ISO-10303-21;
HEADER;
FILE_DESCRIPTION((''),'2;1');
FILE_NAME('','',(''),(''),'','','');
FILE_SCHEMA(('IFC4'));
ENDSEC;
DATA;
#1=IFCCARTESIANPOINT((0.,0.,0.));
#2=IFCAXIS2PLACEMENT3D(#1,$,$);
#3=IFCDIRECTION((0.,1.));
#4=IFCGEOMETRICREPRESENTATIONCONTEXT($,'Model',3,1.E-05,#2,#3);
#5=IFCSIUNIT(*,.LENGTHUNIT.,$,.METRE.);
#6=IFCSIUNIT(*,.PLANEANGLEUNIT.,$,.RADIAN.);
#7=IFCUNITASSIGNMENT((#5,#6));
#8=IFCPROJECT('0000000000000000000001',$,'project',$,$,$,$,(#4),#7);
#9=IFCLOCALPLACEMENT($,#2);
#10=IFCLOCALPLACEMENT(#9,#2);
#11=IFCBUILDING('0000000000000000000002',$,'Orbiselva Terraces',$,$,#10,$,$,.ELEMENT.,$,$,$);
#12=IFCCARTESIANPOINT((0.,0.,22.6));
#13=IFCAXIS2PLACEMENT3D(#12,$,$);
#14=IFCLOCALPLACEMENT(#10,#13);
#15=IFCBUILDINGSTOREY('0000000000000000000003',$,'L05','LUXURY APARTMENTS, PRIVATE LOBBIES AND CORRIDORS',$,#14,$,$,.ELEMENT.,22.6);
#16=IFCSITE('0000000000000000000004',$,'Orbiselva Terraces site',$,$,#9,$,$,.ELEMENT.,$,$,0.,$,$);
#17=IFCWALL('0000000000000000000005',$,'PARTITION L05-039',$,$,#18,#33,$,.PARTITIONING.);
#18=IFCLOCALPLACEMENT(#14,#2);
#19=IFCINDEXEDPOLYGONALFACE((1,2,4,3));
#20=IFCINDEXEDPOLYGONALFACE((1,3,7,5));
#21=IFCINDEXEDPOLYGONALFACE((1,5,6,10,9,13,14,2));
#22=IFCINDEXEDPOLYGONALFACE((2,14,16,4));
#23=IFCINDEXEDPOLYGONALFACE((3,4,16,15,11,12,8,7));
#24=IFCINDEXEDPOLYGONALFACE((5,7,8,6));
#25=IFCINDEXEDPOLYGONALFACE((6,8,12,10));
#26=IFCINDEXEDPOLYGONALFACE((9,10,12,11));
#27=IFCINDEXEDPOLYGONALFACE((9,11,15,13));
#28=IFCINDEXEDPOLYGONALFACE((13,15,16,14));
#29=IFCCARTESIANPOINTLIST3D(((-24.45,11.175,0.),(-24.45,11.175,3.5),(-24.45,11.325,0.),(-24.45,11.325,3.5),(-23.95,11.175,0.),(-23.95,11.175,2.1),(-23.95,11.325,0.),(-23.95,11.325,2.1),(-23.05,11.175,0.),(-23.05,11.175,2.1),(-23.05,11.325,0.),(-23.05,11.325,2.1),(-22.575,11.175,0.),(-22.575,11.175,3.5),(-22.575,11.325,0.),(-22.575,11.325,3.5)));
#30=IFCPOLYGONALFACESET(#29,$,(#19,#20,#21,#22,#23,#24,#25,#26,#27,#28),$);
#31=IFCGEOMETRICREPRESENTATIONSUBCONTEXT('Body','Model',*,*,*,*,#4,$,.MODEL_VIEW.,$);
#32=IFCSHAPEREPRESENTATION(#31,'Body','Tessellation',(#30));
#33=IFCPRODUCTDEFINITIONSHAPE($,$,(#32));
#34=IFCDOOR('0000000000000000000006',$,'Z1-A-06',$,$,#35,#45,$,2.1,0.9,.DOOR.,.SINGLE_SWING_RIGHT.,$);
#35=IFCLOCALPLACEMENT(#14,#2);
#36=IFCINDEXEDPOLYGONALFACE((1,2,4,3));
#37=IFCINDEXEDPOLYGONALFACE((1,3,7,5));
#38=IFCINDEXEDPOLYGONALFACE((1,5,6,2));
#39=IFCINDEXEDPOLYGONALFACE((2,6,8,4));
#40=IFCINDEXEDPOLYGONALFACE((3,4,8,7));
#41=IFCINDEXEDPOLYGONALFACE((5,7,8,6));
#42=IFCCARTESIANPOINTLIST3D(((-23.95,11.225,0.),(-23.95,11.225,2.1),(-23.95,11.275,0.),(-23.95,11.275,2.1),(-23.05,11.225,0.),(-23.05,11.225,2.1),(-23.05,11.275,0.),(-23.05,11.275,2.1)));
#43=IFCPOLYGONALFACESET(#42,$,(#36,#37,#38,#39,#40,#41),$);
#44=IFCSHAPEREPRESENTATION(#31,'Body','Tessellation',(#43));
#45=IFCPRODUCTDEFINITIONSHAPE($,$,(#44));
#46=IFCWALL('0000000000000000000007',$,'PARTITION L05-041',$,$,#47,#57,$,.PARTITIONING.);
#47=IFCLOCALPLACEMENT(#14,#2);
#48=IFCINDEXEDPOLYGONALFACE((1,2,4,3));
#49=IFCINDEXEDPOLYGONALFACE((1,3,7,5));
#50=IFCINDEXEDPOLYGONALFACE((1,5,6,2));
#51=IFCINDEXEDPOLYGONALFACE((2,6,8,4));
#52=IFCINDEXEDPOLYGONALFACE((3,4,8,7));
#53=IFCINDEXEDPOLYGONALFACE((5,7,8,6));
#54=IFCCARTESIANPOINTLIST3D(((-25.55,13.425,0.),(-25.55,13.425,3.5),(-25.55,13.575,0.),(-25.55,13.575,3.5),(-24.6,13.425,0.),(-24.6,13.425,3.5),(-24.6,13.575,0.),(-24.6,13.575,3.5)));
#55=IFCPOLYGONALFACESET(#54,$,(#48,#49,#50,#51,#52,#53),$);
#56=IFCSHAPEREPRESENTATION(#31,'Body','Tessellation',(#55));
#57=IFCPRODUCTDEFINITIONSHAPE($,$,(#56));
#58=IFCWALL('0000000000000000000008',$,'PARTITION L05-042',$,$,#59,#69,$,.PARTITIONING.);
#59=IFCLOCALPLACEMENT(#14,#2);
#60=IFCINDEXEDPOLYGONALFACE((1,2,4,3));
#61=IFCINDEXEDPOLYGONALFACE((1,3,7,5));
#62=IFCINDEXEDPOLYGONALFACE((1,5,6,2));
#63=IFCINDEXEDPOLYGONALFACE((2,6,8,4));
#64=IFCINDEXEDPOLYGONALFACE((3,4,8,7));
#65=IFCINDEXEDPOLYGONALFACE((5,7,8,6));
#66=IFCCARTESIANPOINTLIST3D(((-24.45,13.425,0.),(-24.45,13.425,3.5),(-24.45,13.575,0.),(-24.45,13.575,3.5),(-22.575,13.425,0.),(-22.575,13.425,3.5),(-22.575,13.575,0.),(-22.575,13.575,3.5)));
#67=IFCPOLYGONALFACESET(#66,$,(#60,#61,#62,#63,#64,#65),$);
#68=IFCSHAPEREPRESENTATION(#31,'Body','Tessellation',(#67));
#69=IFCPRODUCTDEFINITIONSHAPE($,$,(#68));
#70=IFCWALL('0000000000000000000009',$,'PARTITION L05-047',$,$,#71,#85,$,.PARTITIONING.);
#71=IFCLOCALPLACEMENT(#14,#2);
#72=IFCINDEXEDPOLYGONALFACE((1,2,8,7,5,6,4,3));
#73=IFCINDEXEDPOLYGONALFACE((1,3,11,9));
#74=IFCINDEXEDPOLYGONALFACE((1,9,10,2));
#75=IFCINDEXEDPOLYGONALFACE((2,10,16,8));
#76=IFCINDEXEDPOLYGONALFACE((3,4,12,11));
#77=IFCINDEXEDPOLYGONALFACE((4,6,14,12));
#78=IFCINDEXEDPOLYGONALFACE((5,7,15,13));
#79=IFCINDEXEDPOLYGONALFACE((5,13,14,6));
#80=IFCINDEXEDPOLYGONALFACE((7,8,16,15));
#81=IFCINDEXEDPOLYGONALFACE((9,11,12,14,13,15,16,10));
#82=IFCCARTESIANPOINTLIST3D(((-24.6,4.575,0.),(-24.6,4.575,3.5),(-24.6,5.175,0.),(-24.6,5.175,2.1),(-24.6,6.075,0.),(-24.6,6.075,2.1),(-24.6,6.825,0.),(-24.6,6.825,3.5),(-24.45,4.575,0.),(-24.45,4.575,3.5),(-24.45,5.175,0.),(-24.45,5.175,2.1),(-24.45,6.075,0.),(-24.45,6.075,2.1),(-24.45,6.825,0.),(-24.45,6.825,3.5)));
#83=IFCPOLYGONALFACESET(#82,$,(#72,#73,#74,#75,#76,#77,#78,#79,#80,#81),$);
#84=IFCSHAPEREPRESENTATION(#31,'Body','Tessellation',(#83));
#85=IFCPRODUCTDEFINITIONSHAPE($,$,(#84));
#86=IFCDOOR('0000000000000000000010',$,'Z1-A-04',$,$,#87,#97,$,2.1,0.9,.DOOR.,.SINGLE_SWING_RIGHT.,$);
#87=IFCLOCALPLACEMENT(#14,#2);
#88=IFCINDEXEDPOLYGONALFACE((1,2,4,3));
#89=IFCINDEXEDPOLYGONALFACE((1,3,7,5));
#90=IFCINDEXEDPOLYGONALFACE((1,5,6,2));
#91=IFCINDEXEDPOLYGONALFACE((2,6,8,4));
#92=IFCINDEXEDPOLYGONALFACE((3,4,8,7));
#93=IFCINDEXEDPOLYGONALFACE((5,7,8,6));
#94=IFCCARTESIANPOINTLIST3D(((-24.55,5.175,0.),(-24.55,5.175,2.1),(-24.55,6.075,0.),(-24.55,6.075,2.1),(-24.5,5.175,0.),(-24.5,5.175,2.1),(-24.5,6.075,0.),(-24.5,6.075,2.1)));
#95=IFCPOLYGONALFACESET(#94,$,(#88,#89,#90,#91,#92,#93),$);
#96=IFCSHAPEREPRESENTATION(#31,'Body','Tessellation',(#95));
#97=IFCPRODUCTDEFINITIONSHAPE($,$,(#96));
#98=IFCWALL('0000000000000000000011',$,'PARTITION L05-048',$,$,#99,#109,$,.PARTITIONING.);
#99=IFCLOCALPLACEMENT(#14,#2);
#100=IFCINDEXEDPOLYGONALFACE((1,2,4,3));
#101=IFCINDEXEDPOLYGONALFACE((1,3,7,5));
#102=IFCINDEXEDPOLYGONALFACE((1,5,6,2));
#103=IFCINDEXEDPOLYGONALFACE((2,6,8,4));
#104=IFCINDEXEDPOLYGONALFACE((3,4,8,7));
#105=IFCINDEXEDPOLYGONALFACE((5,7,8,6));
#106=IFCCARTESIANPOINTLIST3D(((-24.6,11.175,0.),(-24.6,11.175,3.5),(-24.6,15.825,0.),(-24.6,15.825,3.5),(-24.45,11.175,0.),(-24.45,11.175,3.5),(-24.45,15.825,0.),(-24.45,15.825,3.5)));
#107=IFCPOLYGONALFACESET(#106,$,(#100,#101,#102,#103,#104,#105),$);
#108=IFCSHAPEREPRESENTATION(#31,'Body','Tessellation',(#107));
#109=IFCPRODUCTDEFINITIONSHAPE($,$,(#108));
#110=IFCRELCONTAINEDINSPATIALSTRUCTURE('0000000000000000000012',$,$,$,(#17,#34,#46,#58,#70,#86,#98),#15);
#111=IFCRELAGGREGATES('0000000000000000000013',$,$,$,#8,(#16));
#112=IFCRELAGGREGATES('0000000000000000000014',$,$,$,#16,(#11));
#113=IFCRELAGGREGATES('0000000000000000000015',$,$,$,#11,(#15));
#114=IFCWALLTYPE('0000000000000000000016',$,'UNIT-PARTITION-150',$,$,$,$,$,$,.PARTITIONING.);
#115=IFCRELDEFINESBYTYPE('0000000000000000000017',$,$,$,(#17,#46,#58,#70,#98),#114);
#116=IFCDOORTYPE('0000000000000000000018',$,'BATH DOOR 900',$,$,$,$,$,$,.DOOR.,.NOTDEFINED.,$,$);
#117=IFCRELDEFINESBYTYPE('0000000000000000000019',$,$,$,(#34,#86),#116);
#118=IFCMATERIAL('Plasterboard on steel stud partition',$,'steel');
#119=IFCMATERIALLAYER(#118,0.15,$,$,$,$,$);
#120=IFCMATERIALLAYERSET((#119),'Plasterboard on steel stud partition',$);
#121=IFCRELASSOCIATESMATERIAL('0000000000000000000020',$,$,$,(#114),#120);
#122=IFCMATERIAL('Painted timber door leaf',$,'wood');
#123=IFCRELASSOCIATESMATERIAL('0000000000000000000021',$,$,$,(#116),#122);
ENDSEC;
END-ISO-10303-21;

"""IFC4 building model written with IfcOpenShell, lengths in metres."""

from ifc_helpers import new_model, si_unit, direction, frame, frame_2d, origin, place, context, subcontext, project, spatial, rectangle, extrude, material, layer, layer_set, type_object, element, fill, save


model = new_model("IFC4")

# Units and contexts
model_context = context("Model", 3, precision=1e-05, world=origin(), true_north=direction((0.0, 1.0)))
body_context = subcontext(model_context, "Body", "Model", "MODEL_VIEW")
ifc_project = project(units=[si_unit("LENGTHUNIT", "METRE"), si_unit("PLANEANGLEUNIT", "RADIAN")], contexts=[model_context])

# Site, building, storey
site_placement = place(None, origin())
site = spatial("IfcSite", under=ifc_project, at=site_placement, Name="Orbiselva Terraces site", CompositionType="ELEMENT", RefElevation=0.0)
building_placement = place(site_placement, origin())
building = spatial("IfcBuilding", under=site, at=building_placement, Name="Orbiselva Terraces", CompositionType="ELEMENT")
storey_placement = place(building_placement, frame((0.0, 0.0, 22.6)))
storey = spatial("IfcBuildingStorey", under=building, at=storey_placement, Name="L05", Description="LUXURY APARTMENTS, PRIVATE LOBBIES AND CORRIDORS", CompositionType="ELEMENT", Elevation=22.6)

# Shared definitions
ifc_material_1 = material(Name="Plasterboard on steel stud partition", Category="steel")

# Shared definitions
ifc_material_2 = material(Name="Painted timber door leaf", Category="wood")

# Shared definitions
ifc_layer_1 = layer(ifc_material_1, 0.15)
ifc_layer_set_1 = layer_set([ifc_layer_1], Name="Plasterboard on steel stud partition")
wall_type_1 = type_object("IfcWallType", Name="UNIT-PARTITION-150", PredefinedType="PARTITIONING", material=ifc_layer_set_1)

# Wall, opening, door
wall_1_placement = place(storey_placement, frame((-24.45, 11.25, 0.0), z_axis=(0.0, 0.0, 1.0), x_axis=(1.0, 0.0, 0.0)))
wall_1 = element("IfcWall", 1, at=wall_1_placement, inside=storey, type_object=wall_type_1, Name="PARTITION L05-039", PredefinedType="PARTITIONING", context=body_context, shape_type="SweptSolid", body=[
    extrude(rectangle(XDim=1.875, YDim=0.15, at=frame_2d((0.9375, 0.0))), origin(), (0.0, 0.0, 1.0), 3.5),
])
opening_1_placement = place(wall_1_placement, frame((0.5, 0.0, 0.0)))
opening_1 = element("IfcOpeningElement", 2, at=opening_1_placement, cuts=wall_1, PredefinedType="OPENING", context=body_context, shape_type="SweptSolid", body=[
    extrude(rectangle(XDim=0.9, YDim=2.1, at=frame_2d((0.45, 1.05))), frame((0.0, 0.085, 0.0), z_axis=(0.0, -1.0, 0.0), x_axis=(1.0, 0.0, 0.0)), (0.0, 0.0, 1.0), 0.17),
])
door_type_1 = type_object("IfcDoorType", Name="BATH DOOR 900", OperationType="NOTDEFINED", PredefinedType="DOOR", material=ifc_material_2)
door_1_placement = place(opening_1_placement, origin())
door_1 = element("IfcDoor", 3, at=door_1_placement, inside=storey, type_object=door_type_1, Name="Z1-A-06", OperationType="SINGLE_SWING_RIGHT", OverallHeight=2.1, OverallWidth=0.9, PredefinedType="DOOR", context=body_context, shape_type="SweptSolid", body=[
    extrude(rectangle(XDim=0.9, YDim=2.1, at=frame_2d((0.45, 1.05))), frame((0.0, 0.025, 0.0), z_axis=(0.0, -1.0, 0.0), x_axis=(1.0, 0.0, 0.0)), (0.0, 0.0, 1.0), 0.05),
])
fill(opening_1, door_1)

# Walls
wall_2_placement = place(storey_placement, frame((-25.55, 13.5, 0.0), z_axis=(0.0, 0.0, 1.0), x_axis=(1.0, 0.0, 0.0)))
element("IfcWall", 4, at=wall_2_placement, inside=storey, type_object=wall_type_1, Name="PARTITION L05-041", PredefinedType="PARTITIONING", context=body_context, shape_type="SweptSolid", body=[
    extrude(rectangle(XDim=0.95, YDim=0.15, at=frame_2d((0.475, 0.0))), origin(), (0.0, 0.0, 1.0), 3.5),
])
wall_3_placement = place(storey_placement, frame((-24.45, 13.5, 0.0), z_axis=(0.0, 0.0, 1.0), x_axis=(1.0, 0.0, 0.0)))
element("IfcWall", 5, at=wall_3_placement, inside=storey, type_object=wall_type_1, Name="PARTITION L05-042", PredefinedType="PARTITIONING", context=body_context, shape_type="SweptSolid", body=[
    extrude(rectangle(XDim=1.875, YDim=0.15, at=frame_2d((0.9375, 0.0))), origin(), (0.0, 0.0, 1.0), 3.5),
])

# Wall, opening, door
wall_4_placement = place(storey_placement, frame((-24.525, 6.825, 0.0), z_axis=(0.0, 0.0, 1.0), x_axis=(0.0, -1.0, 0.0)))
wall_4 = element("IfcWall", 6, at=wall_4_placement, inside=storey, type_object=wall_type_1, Name="PARTITION L05-047", PredefinedType="PARTITIONING", context=body_context, shape_type="SweptSolid", body=[
    extrude(rectangle(XDim=2.25, YDim=0.15, at=frame_2d((1.125, 0.0))), origin(), (0.0, 0.0, 1.0), 3.5),
])
opening_2_placement = place(wall_4_placement, frame((0.75, 0.0, 0.0)))
opening_2 = element("IfcOpeningElement", 7, at=opening_2_placement, cuts=wall_4, PredefinedType="OPENING", context=body_context, shape_type="SweptSolid", body=[
    extrude(rectangle(XDim=0.9, YDim=2.1, at=frame_2d((0.45, 1.05))), frame((0.0, 0.085, 0.0), z_axis=(0.0, -1.0, 0.0), x_axis=(1.0, 0.0, 0.0)), (0.0, 0.0, 1.0), 0.17),
])
door_2_placement = place(opening_2_placement, origin())
door_2 = element("IfcDoor", 8, at=door_2_placement, inside=storey, type_object=door_type_1, Name="Z1-A-04", OperationType="SINGLE_SWING_RIGHT", OverallHeight=2.1, OverallWidth=0.9, PredefinedType="DOOR", context=body_context, shape_type="SweptSolid", body=[
    extrude(rectangle(XDim=0.9, YDim=2.1, at=frame_2d((0.45, 1.05))), frame((0.0, 0.025, 0.0), z_axis=(0.0, -1.0, 0.0), x_axis=(1.0, 0.0, 0.0)), (0.0, 0.0, 1.0), 0.05),
])
fill(opening_2, door_2)

# Wall
wall_5_placement = place(storey_placement, frame((-24.525, 11.175, 0.0), z_axis=(0.0, 0.0, 1.0), x_axis=(0.0, 1.0, 0.0)))
element("IfcWall", 9, at=wall_5_placement, inside=storey, type_object=wall_type_1, Name="PARTITION L05-048", PredefinedType="PARTITIONING", context=body_context, shape_type="SweptSolid", body=[
    extrude(rectangle(XDim=4.65, YDim=0.15, at=frame_2d((2.325, 0.0))), origin(), (0.0, 0.0, 1.0), 3.5),
])

save(model, "model.ifc")
